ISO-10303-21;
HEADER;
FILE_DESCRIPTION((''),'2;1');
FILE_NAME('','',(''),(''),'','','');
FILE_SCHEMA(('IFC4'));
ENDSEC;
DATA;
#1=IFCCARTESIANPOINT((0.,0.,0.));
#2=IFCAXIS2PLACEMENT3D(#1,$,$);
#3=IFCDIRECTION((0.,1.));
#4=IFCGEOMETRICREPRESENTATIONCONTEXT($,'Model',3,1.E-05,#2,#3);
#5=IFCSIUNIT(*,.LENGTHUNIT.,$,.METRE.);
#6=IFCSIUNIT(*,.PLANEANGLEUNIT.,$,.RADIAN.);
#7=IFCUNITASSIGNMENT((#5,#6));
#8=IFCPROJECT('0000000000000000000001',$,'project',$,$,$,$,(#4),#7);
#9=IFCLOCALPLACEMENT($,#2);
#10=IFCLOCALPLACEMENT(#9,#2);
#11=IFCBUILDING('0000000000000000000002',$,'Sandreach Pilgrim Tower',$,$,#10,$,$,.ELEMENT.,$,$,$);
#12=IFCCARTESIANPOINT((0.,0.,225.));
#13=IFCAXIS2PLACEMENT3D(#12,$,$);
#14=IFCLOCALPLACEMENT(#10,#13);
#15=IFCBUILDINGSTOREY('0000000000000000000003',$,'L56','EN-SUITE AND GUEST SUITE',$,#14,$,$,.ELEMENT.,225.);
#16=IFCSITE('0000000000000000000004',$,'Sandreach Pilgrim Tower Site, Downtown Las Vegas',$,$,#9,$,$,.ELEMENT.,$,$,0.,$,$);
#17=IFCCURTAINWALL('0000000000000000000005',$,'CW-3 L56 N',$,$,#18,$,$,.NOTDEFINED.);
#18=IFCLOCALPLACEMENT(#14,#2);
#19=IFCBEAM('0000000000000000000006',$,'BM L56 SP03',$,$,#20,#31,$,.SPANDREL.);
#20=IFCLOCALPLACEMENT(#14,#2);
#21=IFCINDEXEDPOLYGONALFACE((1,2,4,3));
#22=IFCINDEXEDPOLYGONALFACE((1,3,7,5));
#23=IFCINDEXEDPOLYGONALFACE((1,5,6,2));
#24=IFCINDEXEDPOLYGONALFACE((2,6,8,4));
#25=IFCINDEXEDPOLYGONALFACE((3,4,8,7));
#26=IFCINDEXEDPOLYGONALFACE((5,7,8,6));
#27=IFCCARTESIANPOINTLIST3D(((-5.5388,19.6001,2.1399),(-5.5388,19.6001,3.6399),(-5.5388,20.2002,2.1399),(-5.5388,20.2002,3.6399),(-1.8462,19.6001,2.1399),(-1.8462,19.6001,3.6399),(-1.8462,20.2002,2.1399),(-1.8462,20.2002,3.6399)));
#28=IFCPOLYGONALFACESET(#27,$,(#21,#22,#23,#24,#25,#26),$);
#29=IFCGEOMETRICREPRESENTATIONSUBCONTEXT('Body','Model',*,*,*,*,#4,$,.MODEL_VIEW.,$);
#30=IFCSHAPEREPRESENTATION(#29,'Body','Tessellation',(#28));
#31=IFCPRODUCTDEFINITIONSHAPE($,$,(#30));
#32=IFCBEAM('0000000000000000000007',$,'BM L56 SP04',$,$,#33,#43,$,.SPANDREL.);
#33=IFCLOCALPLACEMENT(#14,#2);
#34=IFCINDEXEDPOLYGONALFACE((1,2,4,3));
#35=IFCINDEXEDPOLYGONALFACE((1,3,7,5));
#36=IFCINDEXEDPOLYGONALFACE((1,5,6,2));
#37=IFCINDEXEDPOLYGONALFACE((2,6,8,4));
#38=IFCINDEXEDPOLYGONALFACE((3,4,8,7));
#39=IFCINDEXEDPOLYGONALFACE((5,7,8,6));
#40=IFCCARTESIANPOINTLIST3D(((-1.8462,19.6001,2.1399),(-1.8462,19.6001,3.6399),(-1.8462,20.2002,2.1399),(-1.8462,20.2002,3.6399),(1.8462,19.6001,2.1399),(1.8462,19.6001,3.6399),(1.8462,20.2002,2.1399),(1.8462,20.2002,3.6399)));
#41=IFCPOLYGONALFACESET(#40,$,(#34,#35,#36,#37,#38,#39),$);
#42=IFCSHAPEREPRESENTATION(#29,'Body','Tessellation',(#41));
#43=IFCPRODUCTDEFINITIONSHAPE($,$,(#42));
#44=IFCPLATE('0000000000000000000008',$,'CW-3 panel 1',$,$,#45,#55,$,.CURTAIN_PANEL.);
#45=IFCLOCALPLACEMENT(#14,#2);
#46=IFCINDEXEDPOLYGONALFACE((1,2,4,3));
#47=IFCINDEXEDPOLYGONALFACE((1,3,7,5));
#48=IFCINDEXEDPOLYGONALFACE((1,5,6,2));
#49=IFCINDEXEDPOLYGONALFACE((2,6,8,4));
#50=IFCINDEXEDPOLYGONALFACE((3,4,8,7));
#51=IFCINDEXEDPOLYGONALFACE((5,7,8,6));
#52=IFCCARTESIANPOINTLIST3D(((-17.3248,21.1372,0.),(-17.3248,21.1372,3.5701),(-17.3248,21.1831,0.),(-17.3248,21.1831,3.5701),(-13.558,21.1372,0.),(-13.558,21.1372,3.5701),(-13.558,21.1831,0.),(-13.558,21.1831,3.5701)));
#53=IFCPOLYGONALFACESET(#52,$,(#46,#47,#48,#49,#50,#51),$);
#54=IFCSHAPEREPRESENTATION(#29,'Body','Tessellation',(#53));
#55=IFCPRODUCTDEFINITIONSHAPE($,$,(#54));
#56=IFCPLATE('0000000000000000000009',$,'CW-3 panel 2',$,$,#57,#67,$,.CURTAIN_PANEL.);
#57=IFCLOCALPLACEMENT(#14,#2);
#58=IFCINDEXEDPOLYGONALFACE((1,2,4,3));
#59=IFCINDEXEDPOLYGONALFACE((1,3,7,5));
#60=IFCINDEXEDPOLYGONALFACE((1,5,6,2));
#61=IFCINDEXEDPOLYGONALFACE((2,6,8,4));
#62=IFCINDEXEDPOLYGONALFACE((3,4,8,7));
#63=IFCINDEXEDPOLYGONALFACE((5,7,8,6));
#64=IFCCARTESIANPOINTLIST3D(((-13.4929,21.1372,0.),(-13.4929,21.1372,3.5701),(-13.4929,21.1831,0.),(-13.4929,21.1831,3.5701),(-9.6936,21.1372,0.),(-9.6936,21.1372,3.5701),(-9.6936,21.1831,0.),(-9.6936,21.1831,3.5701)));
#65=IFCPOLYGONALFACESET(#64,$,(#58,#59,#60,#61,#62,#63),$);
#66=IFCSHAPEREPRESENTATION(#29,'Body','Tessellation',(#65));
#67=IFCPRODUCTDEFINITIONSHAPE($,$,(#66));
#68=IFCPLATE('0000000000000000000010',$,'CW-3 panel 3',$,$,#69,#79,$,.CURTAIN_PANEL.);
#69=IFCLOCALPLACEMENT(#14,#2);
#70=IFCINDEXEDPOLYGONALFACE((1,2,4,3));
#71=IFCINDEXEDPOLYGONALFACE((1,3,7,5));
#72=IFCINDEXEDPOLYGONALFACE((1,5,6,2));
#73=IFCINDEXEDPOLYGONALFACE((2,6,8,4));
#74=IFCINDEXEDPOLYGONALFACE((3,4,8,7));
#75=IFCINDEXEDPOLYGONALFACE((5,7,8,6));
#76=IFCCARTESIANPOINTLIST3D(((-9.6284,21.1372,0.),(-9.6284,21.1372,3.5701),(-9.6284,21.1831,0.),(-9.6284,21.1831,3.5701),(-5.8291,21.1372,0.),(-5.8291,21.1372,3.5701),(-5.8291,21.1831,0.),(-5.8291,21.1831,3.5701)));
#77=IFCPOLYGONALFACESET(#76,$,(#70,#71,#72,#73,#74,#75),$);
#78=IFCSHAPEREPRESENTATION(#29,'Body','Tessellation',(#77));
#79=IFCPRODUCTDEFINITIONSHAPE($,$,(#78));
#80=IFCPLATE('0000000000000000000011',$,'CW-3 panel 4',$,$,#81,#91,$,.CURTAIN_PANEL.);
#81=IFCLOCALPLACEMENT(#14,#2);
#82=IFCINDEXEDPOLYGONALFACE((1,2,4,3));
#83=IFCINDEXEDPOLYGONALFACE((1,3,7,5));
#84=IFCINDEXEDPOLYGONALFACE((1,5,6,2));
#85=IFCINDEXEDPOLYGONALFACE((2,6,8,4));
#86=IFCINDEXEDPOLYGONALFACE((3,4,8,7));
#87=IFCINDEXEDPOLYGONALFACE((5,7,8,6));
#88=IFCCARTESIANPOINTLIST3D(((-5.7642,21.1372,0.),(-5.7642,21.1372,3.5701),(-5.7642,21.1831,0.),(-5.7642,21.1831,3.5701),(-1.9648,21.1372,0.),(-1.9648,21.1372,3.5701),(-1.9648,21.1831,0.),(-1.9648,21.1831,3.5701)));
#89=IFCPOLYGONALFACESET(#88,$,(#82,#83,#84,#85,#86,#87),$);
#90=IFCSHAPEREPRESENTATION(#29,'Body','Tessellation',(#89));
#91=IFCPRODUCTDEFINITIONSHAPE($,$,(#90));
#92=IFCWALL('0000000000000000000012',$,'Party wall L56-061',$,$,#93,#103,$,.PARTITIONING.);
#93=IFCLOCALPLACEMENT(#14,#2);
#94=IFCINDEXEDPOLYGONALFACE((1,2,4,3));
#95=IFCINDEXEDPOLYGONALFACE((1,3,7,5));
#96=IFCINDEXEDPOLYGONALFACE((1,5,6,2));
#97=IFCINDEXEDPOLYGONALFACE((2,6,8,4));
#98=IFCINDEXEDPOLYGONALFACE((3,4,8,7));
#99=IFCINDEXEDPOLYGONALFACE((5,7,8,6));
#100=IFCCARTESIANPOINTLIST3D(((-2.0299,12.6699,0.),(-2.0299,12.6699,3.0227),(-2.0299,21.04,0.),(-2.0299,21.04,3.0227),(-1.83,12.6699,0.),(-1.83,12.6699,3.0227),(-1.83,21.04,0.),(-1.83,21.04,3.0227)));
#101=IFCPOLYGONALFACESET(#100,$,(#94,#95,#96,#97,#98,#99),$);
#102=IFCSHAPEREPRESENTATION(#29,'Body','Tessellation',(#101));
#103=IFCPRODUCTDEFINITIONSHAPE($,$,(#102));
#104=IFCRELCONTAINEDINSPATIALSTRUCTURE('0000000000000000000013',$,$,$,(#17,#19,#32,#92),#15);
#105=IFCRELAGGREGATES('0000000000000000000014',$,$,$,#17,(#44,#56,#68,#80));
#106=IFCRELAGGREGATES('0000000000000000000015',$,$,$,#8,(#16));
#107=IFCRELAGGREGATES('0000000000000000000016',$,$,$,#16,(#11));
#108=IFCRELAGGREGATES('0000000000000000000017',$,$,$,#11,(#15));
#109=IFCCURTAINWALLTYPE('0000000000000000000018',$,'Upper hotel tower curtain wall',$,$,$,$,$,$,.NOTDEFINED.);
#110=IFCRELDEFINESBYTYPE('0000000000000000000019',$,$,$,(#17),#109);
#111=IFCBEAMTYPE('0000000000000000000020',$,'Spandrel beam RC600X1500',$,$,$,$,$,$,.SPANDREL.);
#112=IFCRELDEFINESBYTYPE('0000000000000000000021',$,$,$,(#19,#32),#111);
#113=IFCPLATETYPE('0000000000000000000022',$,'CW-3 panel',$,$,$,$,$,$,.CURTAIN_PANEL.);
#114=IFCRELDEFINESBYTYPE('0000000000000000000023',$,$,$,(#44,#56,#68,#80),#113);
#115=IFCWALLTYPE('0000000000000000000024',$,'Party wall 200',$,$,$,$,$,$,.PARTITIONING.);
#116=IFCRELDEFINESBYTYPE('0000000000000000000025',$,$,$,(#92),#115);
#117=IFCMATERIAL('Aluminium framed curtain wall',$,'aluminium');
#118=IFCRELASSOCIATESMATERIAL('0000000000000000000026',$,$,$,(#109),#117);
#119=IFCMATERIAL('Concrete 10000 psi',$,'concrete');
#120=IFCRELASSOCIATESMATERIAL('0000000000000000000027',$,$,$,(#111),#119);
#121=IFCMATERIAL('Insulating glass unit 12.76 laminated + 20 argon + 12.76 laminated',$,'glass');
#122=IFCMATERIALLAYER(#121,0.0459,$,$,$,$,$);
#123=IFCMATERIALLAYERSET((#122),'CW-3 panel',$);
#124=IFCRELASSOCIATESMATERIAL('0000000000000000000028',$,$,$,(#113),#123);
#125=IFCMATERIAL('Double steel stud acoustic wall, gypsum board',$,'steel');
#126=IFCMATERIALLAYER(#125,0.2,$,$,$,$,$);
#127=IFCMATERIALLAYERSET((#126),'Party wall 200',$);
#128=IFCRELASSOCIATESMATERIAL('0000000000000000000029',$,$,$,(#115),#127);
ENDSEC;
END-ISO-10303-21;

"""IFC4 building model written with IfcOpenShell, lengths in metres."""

from ifc_helpers import new_model, si_unit, direction, frame, frame_2d, origin, origin_2d, place, context, subcontext, project, spatial, rectangle, extrude, material, layer, layer_set, material_profile, profile_set, type_object, element, aggregate, save


model = new_model("IFC4")

# Units and contexts
model_context = context("Model", 3, precision=1e-05, world=origin(), true_north=direction((0.0, 1.0)))
body_context = subcontext(model_context, "Body", "Model", "MODEL_VIEW")
ifc_project = project(units=[si_unit("LENGTHUNIT", "METRE"), si_unit("PLANEANGLEUNIT", "RADIAN")], contexts=[model_context])

# Site, building, storey
site_placement = place(None, origin())
site = spatial("IfcSite", under=ifc_project, at=site_placement, Name="Sandreach Pilgrim Tower Site, Downtown Las Vegas", CompositionType="ELEMENT", RefElevation=0.0)
building_placement = place(site_placement, origin())
building = spatial("IfcBuilding", under=site, at=building_placement, Name="Sandreach Pilgrim Tower", CompositionType="ELEMENT")
storey_placement = place(building_placement, frame((0.0, 0.0, 225.0)))
storey = spatial("IfcBuildingStorey", under=building, at=storey_placement, Name="L56", Description="EN-SUITE AND GUEST SUITE", CompositionType="ELEMENT", Elevation=225.0)

# Curtain wall
ifc_material_1 = material(Name="Aluminium framed curtain wall", Category="aluminium")
curtain_wall_type = type_object("IfcCurtainWallType", Name="Upper hotel tower curtain wall", PredefinedType="NOTDEFINED", material=ifc_material_1)
curtain_wall_placement = place(storey_placement, origin())
curtain_wall = element("IfcCurtainWall", 1, at=curtain_wall_placement, inside=storey, type_object=curtain_wall_type, Name="CW-3 L56 N", PredefinedType="NOTDEFINED")

# Beams
ifc_material_2 = material(Name="Concrete 10000 psi", Category="concrete")
ifc_material_profile_1 = material_profile(ifc_material_2, rectangle(XDim=0.6001, YDim=1.5, at=origin_2d()), Name="RC600X1500")
ifc_profile_set_1 = profile_set([ifc_material_profile_1], Name="Concrete 10000 psi")
beam_type_1 = type_object("IfcBeamType", Name="Spandrel beam RC600X1500", PredefinedType="SPANDREL", material=ifc_profile_set_1)
beam_1_placement = place(storey_placement, frame((-5.5388, 19.9001, 2.8899), z_axis=(1.0, 0.0, 0.0), x_axis=(0.0, 1.0, 0.0)))
element("IfcBeam", 2, at=beam_1_placement, inside=storey, type_object=beam_type_1, Name="BM L56 SP03", PredefinedType="SPANDREL", context=body_context, shape_type="SweptSolid", body=[
    extrude(rectangle(XDim=0.6001, YDim=1.5, at=origin_2d()), origin(), (0.0, 0.0, 1.0), 3.6926),
])
beam_2_placement = place(storey_placement, frame((-1.8462, 19.9001, 2.8899), z_axis=(1.0, 0.0, 0.0), x_axis=(0.0, 1.0, 0.0)))
element("IfcBeam", 3, at=beam_2_placement, inside=storey, type_object=beam_type_1, Name="BM L56 SP04", PredefinedType="SPANDREL", context=body_context, shape_type="SweptSolid", body=[
    extrude(rectangle(XDim=0.6001, YDim=1.5, at=origin_2d()), origin(), (0.0, 0.0, 1.0), 3.6924),
])

# Plates
ifc_material_3 = material(Name="Insulating glass unit 12.76 laminated + 20 argon + 12.76 laminated", Category="glass")
ifc_layer_1 = layer(ifc_material_3, 0.0459)
ifc_layer_set_1 = layer_set([ifc_layer_1], Name="CW-3 panel")
plate_type = type_object("IfcPlateType", Name="CW-3 panel", PredefinedType="CURTAIN_PANEL", material=ifc_layer_set_1)
plate_1_placement = place(storey_placement, frame((-15.4414, 21.1602, 0.0), z_axis=(0.0, 0.0, 1.0), x_axis=(1.0, 0.0, 0.0)))
plate_1 = element("IfcPlate", 4, at=plate_1_placement, type_object=plate_type, Name="CW-3 panel 1", PredefinedType="CURTAIN_PANEL", context=body_context, shape_type="SweptSolid", body=[
    extrude(rectangle(XDim=3.7668, YDim=0.0459, at=origin_2d()), origin(), (0.0, 0.0, 1.0), 3.5701),
])
plate_2_placement = place(storey_placement, frame((-11.5933, 21.1602, 0.0), z_axis=(0.0, 0.0, 1.0), x_axis=(1.0, 0.0, 0.0)))
plate_2 = element("IfcPlate", 5, at=plate_2_placement, type_object=plate_type, Name="CW-3 panel 2", PredefinedType="CURTAIN_PANEL", context=body_context, shape_type="SweptSolid", body=[
    extrude(rectangle(XDim=3.7993, YDim=0.0459, at=origin_2d()), origin(), (0.0, 0.0, 1.0), 3.5701),
])
plate_3_placement = place(storey_placement, frame((-7.7288, 21.1602, 0.0), z_axis=(0.0, 0.0, 1.0), x_axis=(1.0, 0.0, 0.0)))
plate_3 = element("IfcPlate", 6, at=plate_3_placement, type_object=plate_type, Name="CW-3 panel 3", PredefinedType="CURTAIN_PANEL", context=body_context, shape_type="SweptSolid", body=[
    extrude(rectangle(XDim=3.7993, YDim=0.0459, at=origin_2d()), origin(), (0.0, 0.0, 1.0), 3.5701),
])
plate_4_placement = place(storey_placement, frame((-3.8645, 21.1602, 0.0), z_axis=(0.0, 0.0, 1.0), x_axis=(1.0, 0.0, 0.0)))
plate_4 = element("IfcPlate", 7, at=plate_4_placement, type_object=plate_type, Name="CW-3 panel 4", PredefinedType="CURTAIN_PANEL", context=body_context, shape_type="SweptSolid", body=[
    extrude(rectangle(XDim=3.7993, YDim=0.0459, at=origin_2d()), origin(), (0.0, 0.0, 1.0), 3.5701),
])
aggregate(curtain_wall, [plate_1, plate_2, plate_3, plate_4])

# Wall
ifc_material_4 = material(Name="Double steel stud acoustic wall, gypsum board", Category="steel")
ifc_layer_2 = layer(ifc_material_4, 0.2)
ifc_layer_set_2 = layer_set([ifc_layer_2], Name="Party wall 200")
wall_type = type_object("IfcWallType", Name="Party wall 200", PredefinedType="PARTITIONING", material=ifc_layer_set_2)
wall_placement = place(storey_placement, frame((-1.9299, 21.04, 0.0), z_axis=(0.0, 0.0, 1.0), x_axis=(0.0, -1.0, 0.0)))
element("IfcWall", 8, at=wall_placement, inside=storey, type_object=wall_type, Name="Party wall L56-061", PredefinedType="PARTITIONING", context=body_context, shape_type="SweptSolid", body=[
    extrude(rectangle(XDim=8.3701, YDim=0.2, at=frame_2d((4.1851, 0.0))), origin(), (0.0, 0.0, 1.0), 3.0227),
])

save(model, "model.ifc")
